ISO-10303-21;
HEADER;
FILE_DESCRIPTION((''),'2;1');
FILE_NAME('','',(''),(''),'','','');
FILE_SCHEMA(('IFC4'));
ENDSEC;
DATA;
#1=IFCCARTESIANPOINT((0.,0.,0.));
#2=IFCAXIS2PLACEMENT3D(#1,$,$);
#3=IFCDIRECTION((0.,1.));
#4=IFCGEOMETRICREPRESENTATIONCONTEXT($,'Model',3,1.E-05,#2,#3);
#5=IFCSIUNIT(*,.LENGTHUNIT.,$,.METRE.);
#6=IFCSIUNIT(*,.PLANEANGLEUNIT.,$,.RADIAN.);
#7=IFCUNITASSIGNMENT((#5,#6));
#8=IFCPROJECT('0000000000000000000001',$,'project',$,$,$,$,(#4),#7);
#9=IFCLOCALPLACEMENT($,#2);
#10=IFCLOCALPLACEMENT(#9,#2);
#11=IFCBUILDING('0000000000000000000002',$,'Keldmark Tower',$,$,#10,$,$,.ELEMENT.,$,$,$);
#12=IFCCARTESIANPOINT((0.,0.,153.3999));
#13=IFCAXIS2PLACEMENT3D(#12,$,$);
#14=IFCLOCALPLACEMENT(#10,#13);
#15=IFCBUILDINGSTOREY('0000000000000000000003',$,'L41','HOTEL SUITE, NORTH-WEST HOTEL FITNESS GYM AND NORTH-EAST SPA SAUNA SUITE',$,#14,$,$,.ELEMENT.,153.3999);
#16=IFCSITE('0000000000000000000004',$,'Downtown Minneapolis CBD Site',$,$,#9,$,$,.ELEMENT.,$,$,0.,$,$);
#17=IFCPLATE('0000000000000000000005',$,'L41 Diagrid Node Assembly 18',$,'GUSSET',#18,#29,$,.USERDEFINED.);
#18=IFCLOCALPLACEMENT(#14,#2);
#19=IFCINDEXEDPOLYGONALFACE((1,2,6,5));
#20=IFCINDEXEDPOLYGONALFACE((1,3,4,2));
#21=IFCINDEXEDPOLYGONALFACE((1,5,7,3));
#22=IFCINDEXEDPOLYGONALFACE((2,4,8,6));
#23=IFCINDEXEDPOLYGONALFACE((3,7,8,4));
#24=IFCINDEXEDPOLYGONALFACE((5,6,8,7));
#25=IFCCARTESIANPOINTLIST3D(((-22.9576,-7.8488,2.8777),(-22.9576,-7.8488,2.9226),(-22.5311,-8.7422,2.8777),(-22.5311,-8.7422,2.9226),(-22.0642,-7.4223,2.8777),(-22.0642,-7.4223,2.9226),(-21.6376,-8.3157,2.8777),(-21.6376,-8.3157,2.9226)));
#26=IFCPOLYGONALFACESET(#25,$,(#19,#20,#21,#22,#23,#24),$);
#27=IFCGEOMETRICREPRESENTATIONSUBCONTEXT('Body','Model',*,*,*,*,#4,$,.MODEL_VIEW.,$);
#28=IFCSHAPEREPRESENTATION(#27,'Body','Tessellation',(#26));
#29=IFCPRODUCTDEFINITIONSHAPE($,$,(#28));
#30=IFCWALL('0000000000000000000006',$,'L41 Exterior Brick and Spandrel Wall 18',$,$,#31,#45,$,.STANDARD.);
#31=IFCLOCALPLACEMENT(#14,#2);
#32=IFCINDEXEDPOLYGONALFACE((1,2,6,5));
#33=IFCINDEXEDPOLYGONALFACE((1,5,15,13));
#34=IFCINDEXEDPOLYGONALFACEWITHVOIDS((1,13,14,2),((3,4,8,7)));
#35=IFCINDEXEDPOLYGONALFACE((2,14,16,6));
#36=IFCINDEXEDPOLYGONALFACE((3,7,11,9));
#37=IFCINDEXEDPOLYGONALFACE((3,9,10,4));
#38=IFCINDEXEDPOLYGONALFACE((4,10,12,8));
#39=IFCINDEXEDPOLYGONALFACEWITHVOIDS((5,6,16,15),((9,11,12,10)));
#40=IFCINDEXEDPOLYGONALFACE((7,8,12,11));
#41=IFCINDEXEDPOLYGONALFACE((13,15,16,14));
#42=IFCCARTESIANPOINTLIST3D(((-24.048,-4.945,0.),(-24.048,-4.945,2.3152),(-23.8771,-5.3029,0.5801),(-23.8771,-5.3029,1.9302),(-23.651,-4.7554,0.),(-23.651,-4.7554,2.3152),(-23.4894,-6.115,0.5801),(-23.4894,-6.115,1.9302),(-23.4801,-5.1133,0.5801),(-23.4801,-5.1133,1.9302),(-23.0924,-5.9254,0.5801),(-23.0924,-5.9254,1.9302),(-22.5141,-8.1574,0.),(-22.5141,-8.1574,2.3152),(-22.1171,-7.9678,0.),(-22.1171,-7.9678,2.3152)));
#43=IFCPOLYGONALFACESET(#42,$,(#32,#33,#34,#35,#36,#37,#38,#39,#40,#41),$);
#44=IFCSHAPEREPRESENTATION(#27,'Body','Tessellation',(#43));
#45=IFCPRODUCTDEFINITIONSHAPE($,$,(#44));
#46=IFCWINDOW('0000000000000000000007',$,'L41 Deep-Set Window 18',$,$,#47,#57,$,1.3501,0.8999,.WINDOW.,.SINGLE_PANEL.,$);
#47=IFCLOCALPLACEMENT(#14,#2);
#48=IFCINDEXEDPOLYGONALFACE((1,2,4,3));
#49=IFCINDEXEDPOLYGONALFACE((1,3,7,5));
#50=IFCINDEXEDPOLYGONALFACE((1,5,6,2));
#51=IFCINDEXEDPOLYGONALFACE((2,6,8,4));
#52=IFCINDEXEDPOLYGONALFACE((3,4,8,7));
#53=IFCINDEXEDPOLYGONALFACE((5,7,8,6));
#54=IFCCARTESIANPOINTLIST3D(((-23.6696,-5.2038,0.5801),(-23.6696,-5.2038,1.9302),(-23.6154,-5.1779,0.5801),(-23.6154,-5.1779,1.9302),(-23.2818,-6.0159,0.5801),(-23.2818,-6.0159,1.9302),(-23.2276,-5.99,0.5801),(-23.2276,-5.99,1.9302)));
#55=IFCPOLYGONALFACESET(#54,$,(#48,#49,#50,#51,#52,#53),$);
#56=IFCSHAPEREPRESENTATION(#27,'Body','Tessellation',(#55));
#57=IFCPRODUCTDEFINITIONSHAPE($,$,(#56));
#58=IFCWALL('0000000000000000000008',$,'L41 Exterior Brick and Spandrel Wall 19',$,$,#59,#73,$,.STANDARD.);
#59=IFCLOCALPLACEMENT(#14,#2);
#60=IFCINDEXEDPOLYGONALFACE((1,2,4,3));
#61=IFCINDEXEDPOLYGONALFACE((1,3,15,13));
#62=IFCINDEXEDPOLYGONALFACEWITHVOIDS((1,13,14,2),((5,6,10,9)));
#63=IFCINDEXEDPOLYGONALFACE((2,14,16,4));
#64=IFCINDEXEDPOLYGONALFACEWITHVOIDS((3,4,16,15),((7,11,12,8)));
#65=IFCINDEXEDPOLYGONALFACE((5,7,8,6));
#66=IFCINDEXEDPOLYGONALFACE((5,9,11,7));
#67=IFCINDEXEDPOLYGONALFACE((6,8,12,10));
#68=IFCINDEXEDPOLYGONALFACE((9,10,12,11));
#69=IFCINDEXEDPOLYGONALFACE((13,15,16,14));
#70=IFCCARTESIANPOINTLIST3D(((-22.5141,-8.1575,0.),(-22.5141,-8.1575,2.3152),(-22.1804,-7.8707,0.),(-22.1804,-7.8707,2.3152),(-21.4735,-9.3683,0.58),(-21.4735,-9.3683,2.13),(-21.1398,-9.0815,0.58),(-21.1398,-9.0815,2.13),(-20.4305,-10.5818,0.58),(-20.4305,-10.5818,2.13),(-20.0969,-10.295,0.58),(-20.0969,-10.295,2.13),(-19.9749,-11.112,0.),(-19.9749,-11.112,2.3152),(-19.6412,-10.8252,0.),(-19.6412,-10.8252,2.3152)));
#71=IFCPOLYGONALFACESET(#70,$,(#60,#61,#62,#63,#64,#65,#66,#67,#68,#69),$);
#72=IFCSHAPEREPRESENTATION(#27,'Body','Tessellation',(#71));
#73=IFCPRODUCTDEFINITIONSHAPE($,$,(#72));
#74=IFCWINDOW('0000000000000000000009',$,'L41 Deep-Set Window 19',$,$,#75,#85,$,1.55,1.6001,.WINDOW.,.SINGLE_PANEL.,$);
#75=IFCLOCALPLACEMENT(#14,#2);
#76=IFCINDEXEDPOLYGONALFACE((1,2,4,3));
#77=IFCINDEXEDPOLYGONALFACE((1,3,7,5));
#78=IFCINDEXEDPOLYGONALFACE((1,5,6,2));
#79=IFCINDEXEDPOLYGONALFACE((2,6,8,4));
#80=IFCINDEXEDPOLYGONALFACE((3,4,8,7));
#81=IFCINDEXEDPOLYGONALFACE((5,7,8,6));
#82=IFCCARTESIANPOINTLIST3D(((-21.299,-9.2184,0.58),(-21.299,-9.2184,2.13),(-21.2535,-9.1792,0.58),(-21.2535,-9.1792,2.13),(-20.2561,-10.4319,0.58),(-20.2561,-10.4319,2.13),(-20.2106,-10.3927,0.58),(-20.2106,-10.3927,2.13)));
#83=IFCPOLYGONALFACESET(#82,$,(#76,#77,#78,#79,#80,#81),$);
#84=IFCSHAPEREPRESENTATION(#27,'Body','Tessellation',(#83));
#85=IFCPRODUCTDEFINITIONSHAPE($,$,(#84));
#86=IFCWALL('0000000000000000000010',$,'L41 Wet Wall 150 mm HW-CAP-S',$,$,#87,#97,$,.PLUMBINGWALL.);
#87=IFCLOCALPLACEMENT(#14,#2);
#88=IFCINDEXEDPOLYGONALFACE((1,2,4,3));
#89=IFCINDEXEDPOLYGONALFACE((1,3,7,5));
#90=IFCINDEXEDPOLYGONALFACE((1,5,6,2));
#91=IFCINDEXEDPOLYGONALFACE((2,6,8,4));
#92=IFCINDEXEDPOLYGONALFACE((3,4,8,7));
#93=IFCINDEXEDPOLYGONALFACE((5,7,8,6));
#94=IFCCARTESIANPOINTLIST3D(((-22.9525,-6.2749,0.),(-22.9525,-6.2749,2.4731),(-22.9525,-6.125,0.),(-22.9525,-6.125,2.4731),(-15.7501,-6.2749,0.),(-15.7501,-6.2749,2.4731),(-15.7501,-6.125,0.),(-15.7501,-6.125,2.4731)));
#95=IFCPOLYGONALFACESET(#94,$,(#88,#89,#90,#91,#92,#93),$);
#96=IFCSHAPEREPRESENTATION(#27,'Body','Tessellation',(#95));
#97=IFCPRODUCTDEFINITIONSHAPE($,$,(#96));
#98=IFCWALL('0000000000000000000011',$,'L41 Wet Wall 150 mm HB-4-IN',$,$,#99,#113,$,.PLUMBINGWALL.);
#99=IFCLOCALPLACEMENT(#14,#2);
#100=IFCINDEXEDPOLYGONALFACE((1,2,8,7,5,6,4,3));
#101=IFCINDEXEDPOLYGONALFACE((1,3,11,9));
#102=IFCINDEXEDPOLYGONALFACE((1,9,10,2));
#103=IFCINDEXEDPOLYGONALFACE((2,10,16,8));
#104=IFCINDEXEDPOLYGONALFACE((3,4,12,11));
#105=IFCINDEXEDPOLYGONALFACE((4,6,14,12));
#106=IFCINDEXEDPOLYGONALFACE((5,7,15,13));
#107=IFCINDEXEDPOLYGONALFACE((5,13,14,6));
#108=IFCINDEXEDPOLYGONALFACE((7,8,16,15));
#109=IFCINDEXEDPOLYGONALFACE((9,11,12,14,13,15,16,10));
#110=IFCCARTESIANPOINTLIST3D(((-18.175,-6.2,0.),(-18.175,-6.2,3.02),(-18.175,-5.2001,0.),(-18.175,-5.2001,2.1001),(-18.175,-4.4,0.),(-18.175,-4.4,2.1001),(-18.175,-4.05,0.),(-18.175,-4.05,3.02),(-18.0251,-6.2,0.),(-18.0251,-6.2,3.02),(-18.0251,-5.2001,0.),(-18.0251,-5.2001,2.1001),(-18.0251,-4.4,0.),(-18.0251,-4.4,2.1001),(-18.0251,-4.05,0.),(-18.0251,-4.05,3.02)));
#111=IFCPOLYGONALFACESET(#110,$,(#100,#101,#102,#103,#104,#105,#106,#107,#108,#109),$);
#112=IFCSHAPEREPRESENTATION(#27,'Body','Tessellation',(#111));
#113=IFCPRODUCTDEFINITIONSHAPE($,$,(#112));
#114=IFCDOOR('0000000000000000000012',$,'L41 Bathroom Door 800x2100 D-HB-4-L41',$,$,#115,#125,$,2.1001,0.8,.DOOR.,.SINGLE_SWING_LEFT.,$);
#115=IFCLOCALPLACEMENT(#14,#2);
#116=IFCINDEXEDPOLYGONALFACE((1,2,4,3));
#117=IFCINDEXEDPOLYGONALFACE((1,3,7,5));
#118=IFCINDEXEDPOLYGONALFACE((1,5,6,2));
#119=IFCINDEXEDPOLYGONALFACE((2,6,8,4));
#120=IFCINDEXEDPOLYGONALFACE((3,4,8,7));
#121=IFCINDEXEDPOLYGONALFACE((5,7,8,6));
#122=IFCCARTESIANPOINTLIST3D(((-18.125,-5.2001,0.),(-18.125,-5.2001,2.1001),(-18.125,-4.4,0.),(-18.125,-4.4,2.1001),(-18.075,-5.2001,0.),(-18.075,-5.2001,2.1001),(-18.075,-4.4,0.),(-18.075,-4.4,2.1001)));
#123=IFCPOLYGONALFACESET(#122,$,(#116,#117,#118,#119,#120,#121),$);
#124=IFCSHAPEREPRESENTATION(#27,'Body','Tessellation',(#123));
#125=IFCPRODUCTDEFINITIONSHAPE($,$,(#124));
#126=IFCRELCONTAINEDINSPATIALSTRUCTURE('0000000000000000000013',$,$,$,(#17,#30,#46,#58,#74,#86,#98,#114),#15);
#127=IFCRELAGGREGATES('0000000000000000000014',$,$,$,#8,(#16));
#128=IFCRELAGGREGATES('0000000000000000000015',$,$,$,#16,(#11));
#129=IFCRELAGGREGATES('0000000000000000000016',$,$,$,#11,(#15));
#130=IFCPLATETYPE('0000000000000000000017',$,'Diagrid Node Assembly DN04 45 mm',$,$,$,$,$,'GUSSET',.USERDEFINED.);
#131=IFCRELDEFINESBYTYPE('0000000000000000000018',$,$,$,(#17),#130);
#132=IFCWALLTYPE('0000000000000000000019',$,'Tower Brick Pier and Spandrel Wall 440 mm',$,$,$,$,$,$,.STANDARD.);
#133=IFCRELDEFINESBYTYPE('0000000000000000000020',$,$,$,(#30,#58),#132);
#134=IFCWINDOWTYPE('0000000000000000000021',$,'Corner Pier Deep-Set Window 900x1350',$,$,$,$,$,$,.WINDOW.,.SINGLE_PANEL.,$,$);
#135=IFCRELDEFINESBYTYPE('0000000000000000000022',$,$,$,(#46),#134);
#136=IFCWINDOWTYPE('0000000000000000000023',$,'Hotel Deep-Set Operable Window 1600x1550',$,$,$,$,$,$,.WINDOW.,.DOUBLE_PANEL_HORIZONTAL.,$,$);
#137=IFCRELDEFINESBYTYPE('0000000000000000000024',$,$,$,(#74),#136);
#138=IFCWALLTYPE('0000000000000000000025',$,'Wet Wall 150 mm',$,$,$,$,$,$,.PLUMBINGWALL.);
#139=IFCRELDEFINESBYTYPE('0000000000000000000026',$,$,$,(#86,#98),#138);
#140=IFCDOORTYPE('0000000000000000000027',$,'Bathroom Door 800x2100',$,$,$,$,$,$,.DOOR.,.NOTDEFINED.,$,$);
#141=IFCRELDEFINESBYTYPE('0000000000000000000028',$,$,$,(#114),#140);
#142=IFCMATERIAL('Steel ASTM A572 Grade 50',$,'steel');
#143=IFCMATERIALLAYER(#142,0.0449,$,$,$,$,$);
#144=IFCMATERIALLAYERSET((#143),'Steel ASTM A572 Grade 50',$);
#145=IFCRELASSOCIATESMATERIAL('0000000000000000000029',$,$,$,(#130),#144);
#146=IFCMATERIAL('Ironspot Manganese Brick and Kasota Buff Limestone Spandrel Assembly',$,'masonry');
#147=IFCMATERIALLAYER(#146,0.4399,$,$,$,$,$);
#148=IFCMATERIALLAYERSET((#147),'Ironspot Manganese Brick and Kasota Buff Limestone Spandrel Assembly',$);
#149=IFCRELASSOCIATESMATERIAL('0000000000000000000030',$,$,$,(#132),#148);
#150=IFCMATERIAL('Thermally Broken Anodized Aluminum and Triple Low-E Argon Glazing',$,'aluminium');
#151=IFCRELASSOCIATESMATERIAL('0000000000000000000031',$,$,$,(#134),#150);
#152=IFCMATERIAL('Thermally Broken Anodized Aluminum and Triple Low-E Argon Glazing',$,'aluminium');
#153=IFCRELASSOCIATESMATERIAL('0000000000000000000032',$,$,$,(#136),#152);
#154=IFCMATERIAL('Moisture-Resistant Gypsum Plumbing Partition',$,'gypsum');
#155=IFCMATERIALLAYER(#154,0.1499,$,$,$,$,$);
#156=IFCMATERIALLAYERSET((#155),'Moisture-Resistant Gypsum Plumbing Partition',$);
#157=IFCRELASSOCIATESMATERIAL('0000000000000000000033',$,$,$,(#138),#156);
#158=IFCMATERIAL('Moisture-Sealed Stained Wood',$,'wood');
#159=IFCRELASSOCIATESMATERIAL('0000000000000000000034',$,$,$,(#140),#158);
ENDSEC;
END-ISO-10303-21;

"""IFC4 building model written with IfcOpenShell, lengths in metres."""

from ifc_helpers import new_model, si_unit, direction, frame, frame_2d, origin, origin_2d, place, context, subcontext, project, spatial, rectangle, extrude, material, layer, layer_set, type_object, element, fill, save


model = new_model("IFC4")

# Units and contexts
model_context = context("Model", 3, precision=1e-05, world=origin(), true_north=direction((0.0, 1.0)))
body_context = subcontext(model_context, "Body", "Model", "MODEL_VIEW")
ifc_project = project(units=[si_unit("LENGTHUNIT", "METRE"), si_unit("PLANEANGLEUNIT", "RADIAN")], contexts=[model_context])

# Site, building, storey
site_placement = place(None, origin())
site = spatial("IfcSite", under=ifc_project, at=site_placement, Name="Downtown Minneapolis CBD Site", CompositionType="ELEMENT", RefElevation=0.0)
building_placement = place(site_placement, origin())
building = spatial("IfcBuilding", under=site, at=building_placement, Name="Keldmark Tower", CompositionType="ELEMENT")
storey_placement = place(building_placement, frame((0.0, 0.0, 153.3999)))
storey = spatial("IfcBuildingStorey", under=building, at=storey_placement, Name="L41", Description="HOTEL SUITE, NORTH-WEST HOTEL FITNESS GYM AND NORTH-EAST SPA SAUNA SUITE", CompositionType="ELEMENT", Elevation=153.3999)

# Plate
ifc_material_1 = material(Name="Steel ASTM A572 Grade 50", Category="steel")
ifc_layer_1 = layer(ifc_material_1, 0.0449)
ifc_layer_set_1 = layer_set([ifc_layer_1], Name="Steel ASTM A572 Grade 50")
plate_type = type_object("IfcPlateType", Name="Diagrid Node Assembly DN04 45 mm", ElementType="GUSSET", PredefinedType="USERDEFINED", material=ifc_layer_set_1)
plate_placement = place(storey_placement, frame((-22.2976, -8.0823, 2.8777), z_axis=(0.0, 0.0, 1.0), x_axis=(0.430826, -0.902435, 0.0)))
element("IfcPlate", 1, at=plate_placement, inside=storey, type_object=plate_type, Name="L41 Diagrid Node Assembly 18", ObjectType="GUSSET", PredefinedType="USERDEFINED", context=body_context, shape_type="SweptSolid", body=[
    extrude(rectangle(XDim=0.99, YDim=0.99, at=origin_2d()), origin(), (0.0, 0.0, 1.0), 0.0449),
])

# Walls, openings, windows
ifc_material_2 = material(Name="Ironspot Manganese Brick and Kasota Buff Limestone Spandrel Assembly", Category="masonry")
ifc_layer_2 = layer(ifc_material_2, 0.4399)
ifc_layer_set_2 = layer_set([ifc_layer_2], Name="Ironspot Manganese Brick and Kasota Buff Limestone Spandrel Assembly")
wall_type_1 = type_object("IfcWallType", Name="Tower Brick Pier and Spandrel Wall 440 mm", PredefinedType="STANDARD", material=ifc_layer_set_2)
wall_1_placement = place(storey_placement, frame((-22.3157, -8.0625, 0.0), z_axis=(0.0, 0.0, 1.0), x_axis=(-0.4309, 0.9024, 0.0)))
wall_1 = element("IfcWall", 2, at=wall_1_placement, inside=storey, type_object=wall_type_1, Name="L41 Exterior Brick and Spandrel Wall 18", PredefinedType="STANDARD", context=body_context, shape_type="SweptSolid", body=[
    extrude(rectangle(XDim=3.5598, YDim=0.4399, at=frame_2d((1.7798, 0.0))), origin(), (0.0, 0.0, 1.0), 2.3152),
])
opening_1_placement = place(wall_1_placement, frame((2.2632, 0.0, 0.5801)))
opening_1 = element("IfcOpeningElement", 3, at=opening_1_placement, cuts=wall_1, PredefinedType="OPENING", context=body_context, shape_type="SweptSolid", body=[
    extrude(rectangle(XDim=0.8999, YDim=1.3501, at=frame_2d((0.45, 0.675))), frame((0.0, 0.23, 0.0), z_axis=(0.0, -1.0, 0.0), x_axis=(1.0, 0.0, 0.0)), (0.0, 0.0, 1.0), 0.46),
])
ifc_material_3 = material(Name="Thermally Broken Anodized Aluminum and Triple Low-E Argon Glazing", Category="aluminium")
window_type_1 = type_object("IfcWindowType", Name="Corner Pier Deep-Set Window 900x1350", PartitioningType="SINGLE_PANEL", PredefinedType="WINDOW", material=ifc_material_3)
window_1_placement = place(opening_1_placement, origin())
window_1 = element("IfcWindow", 4, at=window_1_placement, inside=storey, type_object=window_type_1, Name="L41 Deep-Set Window 18", OverallHeight=1.3501, OverallWidth=0.8999, PartitioningType="SINGLE_PANEL", PredefinedType="WINDOW", context=body_context, shape_type="SweptSolid", body=[
    extrude(rectangle(XDim=0.8999, YDim=1.3501, at=frame_2d((0.45, 0.675))), frame((0.0, -0.01, 0.0), z_axis=(0.0, -1.0, 0.0), x_axis=(1.0, 0.0, 0.0)), (0.0, 0.0, 1.0), 0.0601),
])
fill(opening_1, window_1)
wall_2_placement = place(storey_placement, frame((-19.8081, -10.9685, 0.0), z_axis=(0.0, 0.0, 1.0), x_axis=(-0.651797, 0.758393, 0.0)))
wall_2 = element("IfcWall", 5, at=wall_2_placement, inside=storey, type_object=wall_type_1, Name="L41 Exterior Brick and Spandrel Wall 19", PredefinedType="STANDARD", context=body_context, shape_type="SweptSolid", body=[
    extrude(rectangle(XDim=3.8958, YDim=0.4399, at=frame_2d((1.9478, 0.0))), origin(), (0.0, 0.0, 1.0), 2.3152),
])
opening_2_placement = place(wall_2_placement, frame((0.699, 0.0, 0.5801)))
opening_2 = element("IfcOpeningElement", 6, at=opening_2_placement, cuts=wall_2, PredefinedType="OPENING", context=body_context, shape_type="SweptSolid", body=[
    extrude(rectangle(XDim=1.6001, YDim=1.55, at=frame_2d((0.8, 0.7749))), frame((0.0, 0.23, 0.0), z_axis=(0.0, -1.0, 0.0), x_axis=(1.0, 0.0, 0.0)), (0.0, 0.0, 1.0), 0.46),
])
ifc_material_4 = material(Name="Thermally Broken Anodized Aluminum and Triple Low-E Argon Glazing", Category="aluminium")
window_type_2 = type_object("IfcWindowType", Name="Hotel Deep-Set Operable Window 1600x1550", PartitioningType="DOUBLE_PANEL_HORIZONTAL", PredefinedType="WINDOW", material=ifc_material_4)
window_2_placement = place(opening_2_placement, origin())
window_2 = element("IfcWindow", 7, at=window_2_placement, inside=storey, type_object=window_type_2, Name="L41 Deep-Set Window 19", OverallHeight=1.55, OverallWidth=1.6001, PartitioningType="SINGLE_PANEL", PredefinedType="WINDOW", context=body_context, shape_type="SweptSolid", body=[
    extrude(rectangle(XDim=1.6001, YDim=1.55, at=frame_2d((0.8, 0.7749))), frame((0.0, -0.01, 0.0), z_axis=(0.0, -1.0, 0.0), x_axis=(1.0, 0.0, 0.0)), (0.0, 0.0, 1.0), 0.0601),
])
fill(opening_2, window_2)

# Wall
ifc_material_5 = material(Name="Moisture-Resistant Gypsum Plumbing Partition", Category="gypsum")
ifc_layer_3 = layer(ifc_material_5, 0.1499)
ifc_layer_set_3 = layer_set([ifc_layer_3], Name="Moisture-Resistant Gypsum Plumbing Partition")
wall_type_2 = type_object("IfcWallType", Name="Wet Wall 150 mm", PredefinedType="PLUMBINGWALL", material=ifc_layer_set_3)
wall_3_placement = place(storey_placement, frame((-22.9524, -6.2, 0.0), z_axis=(0.0, 0.0, 1.0), x_axis=(1.0, 0.0, 0.0)))
element("IfcWall", 8, at=wall_3_placement, inside=storey, type_object=wall_type_2, Name="L41 Wet Wall 150 mm HW-CAP-S", PredefinedType="PLUMBINGWALL", context=body_context, shape_type="SweptSolid", body=[
    extrude(rectangle(XDim=7.2024, YDim=0.1499, at=frame_2d((3.6011, 0.0))), origin(), (0.0, 0.0, 1.0), 2.4731),
])

# Wall, opening, door
wall_4_placement = place(storey_placement, frame((-18.1001, -6.2, 0.0), z_axis=(0.0, 0.0, 1.0), x_axis=(0.0, 1.0, 0.0)))
wall_4 = element("IfcWall", 9, at=wall_4_placement, inside=storey, type_object=wall_type_2, Name="L41 Wet Wall 150 mm HB-4-IN", PredefinedType="PLUMBINGWALL", context=body_context, shape_type="SweptSolid", body=[
    extrude(rectangle(XDim=2.1499, YDim=0.1499, at=frame_2d((1.075, 0.0))), origin(), (0.0, 0.0, 1.0), 3.02),
])
opening_3_placement = place(wall_4_placement, frame((1.0, 0.0, 0.0)))
opening_3 = element("IfcOpeningElement", 10, at=opening_3_placement, cuts=wall_4, PredefinedType="OPENING", context=body_context, shape_type="SweptSolid", body=[
    extrude(rectangle(XDim=0.8, YDim=2.1001, at=frame_2d((0.3999, 1.05))), frame((0.0, 0.085, 0.0), z_axis=(0.0, -1.0, 0.0), x_axis=(1.0, 0.0, 0.0)), (0.0, 0.0, 1.0), 0.1699),
])
ifc_material_6 = material(Name="Moisture-Sealed Stained Wood", Category="wood")
door_type = type_object("IfcDoorType", Name="Bathroom Door 800x2100", OperationType="NOTDEFINED", PredefinedType="DOOR", material=ifc_material_6)
door_placement = place(opening_3_placement, origin())
door = element("IfcDoor", 11, at=door_placement, inside=storey, type_object=door_type, Name="L41 Bathroom Door 800x2100 D-HB-4-L41", OperationType="SINGLE_SWING_LEFT", OverallHeight=2.1001, OverallWidth=0.8, PredefinedType="DOOR", context=body_context, shape_type="SweptSolid", body=[
    extrude(rectangle(XDim=0.8, YDim=2.1001, at=frame_2d((0.3999, 1.05))), frame((0.0, 0.0249, 0.0), z_axis=(0.0, -1.0, 0.0), x_axis=(1.0, 0.0, 0.0)), (0.0, 0.0, 1.0), 0.05),
])
fill(opening_3, door)

save(model, "model.ifc")
